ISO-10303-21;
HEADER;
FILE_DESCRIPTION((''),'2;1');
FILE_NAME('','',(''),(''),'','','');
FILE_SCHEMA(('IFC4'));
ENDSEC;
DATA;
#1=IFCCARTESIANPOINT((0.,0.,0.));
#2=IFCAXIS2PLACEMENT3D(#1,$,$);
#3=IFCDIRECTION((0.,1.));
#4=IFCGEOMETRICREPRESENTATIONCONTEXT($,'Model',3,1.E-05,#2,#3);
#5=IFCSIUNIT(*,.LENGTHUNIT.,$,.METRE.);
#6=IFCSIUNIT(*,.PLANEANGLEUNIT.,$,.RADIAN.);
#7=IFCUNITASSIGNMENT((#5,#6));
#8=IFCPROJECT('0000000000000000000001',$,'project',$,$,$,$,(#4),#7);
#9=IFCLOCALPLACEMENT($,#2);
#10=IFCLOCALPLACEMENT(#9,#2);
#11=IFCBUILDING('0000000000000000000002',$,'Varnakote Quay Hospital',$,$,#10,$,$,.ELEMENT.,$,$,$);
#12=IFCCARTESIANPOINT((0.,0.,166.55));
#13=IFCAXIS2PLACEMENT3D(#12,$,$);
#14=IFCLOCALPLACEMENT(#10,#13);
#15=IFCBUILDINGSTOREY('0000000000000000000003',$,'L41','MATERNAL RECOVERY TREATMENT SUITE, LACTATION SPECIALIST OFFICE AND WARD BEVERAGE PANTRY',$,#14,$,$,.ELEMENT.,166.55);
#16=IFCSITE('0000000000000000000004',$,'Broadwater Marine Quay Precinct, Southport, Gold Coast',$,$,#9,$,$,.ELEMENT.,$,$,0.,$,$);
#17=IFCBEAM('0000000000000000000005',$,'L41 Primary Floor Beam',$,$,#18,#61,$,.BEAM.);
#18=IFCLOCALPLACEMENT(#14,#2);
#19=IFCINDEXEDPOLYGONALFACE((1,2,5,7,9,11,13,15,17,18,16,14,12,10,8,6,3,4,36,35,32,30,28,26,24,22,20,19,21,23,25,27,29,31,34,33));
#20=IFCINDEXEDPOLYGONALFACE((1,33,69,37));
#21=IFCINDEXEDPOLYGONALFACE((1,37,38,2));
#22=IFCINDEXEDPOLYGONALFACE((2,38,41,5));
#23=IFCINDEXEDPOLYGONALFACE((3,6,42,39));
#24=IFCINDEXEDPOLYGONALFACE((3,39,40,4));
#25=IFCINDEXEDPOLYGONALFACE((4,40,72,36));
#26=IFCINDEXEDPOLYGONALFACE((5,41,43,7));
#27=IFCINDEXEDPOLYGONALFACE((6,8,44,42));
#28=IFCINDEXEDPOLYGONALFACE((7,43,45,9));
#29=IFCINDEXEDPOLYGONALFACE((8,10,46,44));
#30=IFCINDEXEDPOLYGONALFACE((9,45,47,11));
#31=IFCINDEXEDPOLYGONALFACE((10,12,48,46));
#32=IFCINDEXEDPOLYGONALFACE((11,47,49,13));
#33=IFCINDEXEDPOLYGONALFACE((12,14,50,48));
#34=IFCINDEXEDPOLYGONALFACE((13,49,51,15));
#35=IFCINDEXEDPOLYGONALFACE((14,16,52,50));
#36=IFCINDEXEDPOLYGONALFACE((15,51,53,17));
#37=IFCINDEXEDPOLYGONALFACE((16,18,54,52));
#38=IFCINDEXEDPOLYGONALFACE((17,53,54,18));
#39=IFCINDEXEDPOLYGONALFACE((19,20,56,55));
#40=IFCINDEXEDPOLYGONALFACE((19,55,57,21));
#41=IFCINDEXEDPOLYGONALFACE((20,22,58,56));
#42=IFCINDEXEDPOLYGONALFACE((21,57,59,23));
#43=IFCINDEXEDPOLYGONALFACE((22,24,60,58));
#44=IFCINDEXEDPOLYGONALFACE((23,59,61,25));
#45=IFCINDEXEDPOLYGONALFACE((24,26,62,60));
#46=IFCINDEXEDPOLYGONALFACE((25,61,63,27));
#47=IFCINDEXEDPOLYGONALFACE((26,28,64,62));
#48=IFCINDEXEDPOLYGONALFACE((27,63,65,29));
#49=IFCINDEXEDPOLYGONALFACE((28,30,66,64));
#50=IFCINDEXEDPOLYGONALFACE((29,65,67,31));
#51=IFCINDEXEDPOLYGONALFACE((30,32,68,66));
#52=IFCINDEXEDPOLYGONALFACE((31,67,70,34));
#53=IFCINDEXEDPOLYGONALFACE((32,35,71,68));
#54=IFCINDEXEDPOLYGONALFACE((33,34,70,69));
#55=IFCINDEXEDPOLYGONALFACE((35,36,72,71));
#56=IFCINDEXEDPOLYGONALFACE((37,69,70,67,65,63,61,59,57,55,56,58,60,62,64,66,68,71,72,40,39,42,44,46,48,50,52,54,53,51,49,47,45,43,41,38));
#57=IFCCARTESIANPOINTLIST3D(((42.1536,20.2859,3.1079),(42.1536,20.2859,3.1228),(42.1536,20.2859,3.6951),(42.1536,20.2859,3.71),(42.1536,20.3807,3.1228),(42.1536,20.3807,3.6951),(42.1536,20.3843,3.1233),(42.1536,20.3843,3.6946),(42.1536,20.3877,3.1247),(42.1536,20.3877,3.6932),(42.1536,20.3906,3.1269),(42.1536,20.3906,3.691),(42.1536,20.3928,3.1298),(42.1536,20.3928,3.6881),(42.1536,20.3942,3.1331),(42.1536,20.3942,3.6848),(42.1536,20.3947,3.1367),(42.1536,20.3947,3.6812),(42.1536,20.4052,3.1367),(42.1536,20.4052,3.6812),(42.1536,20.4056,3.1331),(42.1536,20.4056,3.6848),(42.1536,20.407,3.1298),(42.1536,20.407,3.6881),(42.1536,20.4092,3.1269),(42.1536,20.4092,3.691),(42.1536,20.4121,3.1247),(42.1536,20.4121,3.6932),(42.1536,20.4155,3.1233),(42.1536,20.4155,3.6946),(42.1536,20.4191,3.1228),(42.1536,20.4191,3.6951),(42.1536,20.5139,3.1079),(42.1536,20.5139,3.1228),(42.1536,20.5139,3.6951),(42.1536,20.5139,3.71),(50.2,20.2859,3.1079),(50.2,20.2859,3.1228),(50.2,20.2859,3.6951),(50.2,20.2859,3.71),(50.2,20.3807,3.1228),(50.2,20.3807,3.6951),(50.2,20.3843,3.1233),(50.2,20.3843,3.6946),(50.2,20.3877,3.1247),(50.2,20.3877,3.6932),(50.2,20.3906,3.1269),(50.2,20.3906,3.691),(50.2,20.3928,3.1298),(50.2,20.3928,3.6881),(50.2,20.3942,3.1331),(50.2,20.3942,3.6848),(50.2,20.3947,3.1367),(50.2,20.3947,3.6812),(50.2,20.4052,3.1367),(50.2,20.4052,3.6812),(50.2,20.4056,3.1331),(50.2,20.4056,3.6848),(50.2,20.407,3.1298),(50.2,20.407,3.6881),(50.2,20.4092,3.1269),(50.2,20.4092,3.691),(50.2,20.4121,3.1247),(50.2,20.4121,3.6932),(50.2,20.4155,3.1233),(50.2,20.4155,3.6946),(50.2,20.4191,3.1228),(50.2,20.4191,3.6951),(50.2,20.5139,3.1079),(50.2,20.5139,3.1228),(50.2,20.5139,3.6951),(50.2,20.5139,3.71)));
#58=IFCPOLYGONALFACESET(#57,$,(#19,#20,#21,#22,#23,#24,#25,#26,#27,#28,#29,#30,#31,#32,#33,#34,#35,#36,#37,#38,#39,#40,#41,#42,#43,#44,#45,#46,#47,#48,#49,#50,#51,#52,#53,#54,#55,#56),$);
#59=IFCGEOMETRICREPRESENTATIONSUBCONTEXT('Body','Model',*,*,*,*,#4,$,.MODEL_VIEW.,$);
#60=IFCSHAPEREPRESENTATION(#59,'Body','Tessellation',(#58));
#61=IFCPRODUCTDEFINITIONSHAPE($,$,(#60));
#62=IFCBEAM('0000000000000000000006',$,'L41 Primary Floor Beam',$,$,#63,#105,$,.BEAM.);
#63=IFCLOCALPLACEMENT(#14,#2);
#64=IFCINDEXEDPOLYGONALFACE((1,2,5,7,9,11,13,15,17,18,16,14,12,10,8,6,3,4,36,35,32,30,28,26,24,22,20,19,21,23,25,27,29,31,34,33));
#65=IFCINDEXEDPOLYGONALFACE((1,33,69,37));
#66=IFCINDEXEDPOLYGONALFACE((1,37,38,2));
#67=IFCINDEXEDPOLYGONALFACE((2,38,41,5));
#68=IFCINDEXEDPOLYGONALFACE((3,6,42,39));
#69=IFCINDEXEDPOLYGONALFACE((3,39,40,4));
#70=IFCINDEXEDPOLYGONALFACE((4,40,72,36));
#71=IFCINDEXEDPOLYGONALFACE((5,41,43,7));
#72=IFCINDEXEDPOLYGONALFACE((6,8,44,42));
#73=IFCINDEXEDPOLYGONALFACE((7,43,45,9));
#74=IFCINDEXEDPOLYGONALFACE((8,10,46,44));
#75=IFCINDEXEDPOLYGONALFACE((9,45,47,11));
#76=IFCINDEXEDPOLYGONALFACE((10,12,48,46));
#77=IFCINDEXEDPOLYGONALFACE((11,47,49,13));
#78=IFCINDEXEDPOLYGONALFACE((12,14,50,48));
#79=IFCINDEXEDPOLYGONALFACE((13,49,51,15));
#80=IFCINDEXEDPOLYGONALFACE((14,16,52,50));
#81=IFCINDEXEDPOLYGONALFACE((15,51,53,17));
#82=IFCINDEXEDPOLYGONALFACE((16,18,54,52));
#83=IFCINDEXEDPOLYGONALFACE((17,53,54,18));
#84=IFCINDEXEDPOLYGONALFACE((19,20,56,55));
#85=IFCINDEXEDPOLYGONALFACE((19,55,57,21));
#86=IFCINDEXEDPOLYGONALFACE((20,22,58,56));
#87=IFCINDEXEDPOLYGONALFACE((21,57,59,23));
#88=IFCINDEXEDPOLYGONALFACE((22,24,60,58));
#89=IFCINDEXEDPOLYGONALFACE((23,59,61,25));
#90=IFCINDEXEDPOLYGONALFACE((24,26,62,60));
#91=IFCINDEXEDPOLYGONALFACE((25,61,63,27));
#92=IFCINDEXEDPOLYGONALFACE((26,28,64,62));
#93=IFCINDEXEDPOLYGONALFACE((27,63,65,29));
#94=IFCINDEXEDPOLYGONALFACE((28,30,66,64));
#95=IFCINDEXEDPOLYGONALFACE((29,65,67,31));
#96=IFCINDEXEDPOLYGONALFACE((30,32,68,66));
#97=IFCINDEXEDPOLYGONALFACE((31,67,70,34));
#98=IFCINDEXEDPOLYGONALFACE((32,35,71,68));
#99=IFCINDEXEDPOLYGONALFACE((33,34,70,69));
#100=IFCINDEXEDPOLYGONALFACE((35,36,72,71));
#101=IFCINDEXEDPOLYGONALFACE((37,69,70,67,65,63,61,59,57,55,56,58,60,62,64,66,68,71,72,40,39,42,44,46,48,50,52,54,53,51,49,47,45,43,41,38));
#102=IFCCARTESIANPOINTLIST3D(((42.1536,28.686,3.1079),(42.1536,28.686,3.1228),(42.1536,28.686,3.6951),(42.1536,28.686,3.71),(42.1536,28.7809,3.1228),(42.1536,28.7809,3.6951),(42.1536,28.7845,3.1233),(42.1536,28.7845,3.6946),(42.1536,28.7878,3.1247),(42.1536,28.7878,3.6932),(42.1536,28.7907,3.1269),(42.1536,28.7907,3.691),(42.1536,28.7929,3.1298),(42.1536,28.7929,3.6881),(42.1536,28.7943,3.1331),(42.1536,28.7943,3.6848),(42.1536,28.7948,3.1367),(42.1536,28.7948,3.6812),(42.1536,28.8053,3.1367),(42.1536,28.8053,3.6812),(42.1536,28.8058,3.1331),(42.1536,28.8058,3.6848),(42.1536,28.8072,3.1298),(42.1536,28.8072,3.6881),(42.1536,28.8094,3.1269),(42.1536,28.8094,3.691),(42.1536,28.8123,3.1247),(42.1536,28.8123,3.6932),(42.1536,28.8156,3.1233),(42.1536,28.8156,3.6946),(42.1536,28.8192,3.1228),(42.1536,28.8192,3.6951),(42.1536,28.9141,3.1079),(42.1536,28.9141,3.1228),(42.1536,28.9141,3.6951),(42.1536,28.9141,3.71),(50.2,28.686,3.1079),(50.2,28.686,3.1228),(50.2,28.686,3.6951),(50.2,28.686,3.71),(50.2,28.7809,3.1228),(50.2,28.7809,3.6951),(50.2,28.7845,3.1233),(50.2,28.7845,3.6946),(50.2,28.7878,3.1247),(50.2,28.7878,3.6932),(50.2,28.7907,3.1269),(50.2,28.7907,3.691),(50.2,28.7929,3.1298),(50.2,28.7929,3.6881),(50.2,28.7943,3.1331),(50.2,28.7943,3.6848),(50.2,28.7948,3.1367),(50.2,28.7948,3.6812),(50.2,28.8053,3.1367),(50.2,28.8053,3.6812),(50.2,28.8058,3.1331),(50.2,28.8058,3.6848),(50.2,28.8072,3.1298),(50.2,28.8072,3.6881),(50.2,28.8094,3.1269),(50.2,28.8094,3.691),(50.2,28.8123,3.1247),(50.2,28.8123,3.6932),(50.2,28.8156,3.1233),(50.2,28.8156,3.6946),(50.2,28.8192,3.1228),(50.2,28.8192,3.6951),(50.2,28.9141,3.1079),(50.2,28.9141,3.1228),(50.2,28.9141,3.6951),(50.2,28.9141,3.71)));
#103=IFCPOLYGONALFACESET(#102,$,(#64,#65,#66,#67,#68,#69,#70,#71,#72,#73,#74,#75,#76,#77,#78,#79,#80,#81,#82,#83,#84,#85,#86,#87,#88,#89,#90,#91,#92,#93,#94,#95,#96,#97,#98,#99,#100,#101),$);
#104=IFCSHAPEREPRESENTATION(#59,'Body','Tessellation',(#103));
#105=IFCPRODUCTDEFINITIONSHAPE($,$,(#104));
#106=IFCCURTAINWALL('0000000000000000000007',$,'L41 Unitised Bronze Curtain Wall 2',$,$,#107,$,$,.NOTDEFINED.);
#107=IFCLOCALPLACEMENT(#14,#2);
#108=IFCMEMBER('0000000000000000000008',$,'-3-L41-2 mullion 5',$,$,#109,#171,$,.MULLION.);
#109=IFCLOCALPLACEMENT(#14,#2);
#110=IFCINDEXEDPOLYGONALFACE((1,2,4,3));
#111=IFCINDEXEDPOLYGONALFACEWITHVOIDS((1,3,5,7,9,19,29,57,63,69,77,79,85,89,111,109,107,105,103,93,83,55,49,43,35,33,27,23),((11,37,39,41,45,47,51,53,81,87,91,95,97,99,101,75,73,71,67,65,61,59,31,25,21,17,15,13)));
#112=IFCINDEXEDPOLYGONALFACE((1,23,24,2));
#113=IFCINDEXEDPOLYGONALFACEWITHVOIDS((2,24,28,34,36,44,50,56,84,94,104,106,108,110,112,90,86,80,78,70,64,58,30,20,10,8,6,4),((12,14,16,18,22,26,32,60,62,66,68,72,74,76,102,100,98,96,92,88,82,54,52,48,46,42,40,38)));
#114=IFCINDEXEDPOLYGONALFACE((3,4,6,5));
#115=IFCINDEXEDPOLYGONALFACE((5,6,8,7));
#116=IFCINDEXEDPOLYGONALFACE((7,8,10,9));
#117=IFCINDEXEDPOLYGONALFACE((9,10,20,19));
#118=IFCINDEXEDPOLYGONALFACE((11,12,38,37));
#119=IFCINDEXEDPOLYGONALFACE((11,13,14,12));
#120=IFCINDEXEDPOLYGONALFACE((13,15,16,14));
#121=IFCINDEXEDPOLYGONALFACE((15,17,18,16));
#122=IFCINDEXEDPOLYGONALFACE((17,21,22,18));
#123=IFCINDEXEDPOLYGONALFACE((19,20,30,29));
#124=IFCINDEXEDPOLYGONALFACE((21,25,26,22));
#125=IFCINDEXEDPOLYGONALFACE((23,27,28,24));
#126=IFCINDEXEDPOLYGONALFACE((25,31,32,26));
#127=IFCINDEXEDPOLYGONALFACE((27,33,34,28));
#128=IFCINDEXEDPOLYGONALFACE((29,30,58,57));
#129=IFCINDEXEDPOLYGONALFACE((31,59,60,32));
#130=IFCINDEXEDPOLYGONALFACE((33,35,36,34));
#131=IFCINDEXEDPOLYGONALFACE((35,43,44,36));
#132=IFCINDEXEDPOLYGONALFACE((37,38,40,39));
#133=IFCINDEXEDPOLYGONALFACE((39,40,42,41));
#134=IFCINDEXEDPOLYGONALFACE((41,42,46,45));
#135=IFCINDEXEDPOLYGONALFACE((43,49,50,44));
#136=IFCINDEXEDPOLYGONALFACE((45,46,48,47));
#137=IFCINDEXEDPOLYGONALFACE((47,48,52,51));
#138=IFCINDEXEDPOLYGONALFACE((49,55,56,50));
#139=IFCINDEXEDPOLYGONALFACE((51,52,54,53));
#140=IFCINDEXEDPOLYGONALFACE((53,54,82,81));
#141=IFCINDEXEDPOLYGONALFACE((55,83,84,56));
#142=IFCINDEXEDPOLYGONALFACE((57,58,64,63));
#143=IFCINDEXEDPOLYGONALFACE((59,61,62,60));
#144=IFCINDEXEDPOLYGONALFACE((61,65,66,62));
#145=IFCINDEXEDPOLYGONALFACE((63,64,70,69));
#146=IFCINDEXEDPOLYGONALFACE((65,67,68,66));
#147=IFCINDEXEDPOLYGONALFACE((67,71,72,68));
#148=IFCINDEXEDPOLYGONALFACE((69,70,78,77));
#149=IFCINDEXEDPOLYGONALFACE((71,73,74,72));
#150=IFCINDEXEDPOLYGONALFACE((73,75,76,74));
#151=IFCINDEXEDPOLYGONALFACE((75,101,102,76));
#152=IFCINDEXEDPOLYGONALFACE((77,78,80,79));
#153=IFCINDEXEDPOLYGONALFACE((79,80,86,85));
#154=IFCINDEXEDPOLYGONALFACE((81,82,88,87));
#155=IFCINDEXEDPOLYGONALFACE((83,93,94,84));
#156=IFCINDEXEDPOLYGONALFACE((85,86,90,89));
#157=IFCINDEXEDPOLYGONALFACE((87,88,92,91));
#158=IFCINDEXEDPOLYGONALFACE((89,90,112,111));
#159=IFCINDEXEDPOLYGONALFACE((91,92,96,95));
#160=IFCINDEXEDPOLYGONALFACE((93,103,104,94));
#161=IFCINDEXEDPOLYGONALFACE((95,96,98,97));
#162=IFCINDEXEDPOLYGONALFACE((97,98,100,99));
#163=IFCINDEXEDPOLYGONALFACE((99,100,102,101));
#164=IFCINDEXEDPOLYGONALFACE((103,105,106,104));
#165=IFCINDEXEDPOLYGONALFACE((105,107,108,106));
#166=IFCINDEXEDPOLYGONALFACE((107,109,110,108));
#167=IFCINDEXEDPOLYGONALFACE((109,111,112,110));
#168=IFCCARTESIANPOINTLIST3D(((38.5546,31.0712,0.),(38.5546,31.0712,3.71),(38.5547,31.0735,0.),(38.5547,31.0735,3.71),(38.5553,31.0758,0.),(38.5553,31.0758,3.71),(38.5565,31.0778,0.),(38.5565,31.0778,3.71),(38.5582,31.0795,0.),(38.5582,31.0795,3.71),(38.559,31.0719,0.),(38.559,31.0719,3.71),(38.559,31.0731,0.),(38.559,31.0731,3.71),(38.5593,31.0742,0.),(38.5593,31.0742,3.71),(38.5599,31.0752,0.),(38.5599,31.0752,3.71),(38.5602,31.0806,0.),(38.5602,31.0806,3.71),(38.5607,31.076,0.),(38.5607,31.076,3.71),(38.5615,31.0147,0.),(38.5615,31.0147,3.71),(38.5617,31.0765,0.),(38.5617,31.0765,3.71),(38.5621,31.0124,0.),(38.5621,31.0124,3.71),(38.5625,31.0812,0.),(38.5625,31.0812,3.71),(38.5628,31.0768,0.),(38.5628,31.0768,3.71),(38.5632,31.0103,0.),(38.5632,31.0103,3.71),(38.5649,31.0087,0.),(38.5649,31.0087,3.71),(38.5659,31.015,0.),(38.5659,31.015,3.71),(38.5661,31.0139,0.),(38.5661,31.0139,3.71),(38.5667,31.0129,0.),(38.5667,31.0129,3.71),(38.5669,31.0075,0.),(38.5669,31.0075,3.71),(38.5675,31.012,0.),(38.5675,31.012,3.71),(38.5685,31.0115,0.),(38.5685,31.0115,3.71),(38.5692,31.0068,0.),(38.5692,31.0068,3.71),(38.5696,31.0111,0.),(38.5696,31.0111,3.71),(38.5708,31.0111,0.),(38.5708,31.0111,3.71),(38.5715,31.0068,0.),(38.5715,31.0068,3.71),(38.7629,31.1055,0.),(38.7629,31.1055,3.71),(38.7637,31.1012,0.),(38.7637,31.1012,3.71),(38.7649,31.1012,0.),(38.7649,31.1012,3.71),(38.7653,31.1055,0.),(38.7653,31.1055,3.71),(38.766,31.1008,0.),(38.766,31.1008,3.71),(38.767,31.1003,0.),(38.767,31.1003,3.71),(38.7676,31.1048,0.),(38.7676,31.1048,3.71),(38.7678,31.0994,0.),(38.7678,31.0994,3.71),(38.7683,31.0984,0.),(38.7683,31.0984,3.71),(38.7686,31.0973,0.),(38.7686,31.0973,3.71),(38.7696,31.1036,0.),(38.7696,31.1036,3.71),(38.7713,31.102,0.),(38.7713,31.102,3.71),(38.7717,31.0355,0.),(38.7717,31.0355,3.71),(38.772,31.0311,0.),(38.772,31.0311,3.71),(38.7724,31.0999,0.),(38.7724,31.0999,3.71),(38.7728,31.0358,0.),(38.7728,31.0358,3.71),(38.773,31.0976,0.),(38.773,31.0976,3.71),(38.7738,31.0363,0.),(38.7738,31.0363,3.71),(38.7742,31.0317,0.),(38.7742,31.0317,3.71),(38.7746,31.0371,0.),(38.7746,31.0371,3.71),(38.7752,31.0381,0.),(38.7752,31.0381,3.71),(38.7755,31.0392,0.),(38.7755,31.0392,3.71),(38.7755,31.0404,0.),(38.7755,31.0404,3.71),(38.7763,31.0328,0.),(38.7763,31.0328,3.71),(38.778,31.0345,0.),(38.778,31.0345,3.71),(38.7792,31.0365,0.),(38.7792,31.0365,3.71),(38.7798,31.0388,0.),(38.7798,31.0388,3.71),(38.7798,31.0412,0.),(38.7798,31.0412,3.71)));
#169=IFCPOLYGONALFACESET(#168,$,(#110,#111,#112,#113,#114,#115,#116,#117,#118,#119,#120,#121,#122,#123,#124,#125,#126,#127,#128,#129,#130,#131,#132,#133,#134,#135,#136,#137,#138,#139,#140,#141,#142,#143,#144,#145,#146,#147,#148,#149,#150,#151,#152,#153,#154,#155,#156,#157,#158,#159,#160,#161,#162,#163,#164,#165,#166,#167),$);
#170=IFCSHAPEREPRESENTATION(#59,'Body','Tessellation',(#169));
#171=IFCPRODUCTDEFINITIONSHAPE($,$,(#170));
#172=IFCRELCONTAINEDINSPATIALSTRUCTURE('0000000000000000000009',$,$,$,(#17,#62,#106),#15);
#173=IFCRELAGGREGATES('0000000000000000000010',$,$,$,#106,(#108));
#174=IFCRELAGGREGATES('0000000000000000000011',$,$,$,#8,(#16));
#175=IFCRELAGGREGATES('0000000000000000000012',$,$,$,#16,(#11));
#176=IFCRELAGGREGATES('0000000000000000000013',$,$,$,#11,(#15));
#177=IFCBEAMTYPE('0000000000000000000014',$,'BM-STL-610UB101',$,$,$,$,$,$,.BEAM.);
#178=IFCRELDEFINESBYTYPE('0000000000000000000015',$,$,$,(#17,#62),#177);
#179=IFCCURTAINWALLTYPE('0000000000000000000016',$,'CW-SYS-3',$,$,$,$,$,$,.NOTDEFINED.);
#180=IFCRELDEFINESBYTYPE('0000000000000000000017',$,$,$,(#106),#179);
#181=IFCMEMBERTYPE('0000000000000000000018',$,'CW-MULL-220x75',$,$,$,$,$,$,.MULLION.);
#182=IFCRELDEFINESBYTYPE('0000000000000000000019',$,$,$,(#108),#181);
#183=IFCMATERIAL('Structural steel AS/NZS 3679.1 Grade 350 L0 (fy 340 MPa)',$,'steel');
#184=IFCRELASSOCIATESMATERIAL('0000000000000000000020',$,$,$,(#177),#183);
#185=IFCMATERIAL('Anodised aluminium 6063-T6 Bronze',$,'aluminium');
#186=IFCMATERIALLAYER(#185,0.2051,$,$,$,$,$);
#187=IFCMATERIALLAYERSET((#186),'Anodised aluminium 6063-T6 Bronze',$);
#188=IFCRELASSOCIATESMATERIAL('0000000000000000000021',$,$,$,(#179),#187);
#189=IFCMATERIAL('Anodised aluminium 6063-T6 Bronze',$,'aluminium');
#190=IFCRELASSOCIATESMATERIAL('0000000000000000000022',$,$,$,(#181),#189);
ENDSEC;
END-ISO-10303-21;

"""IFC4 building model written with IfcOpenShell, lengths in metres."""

from ifc_helpers import new_model, si_unit, direction, frame, origin, origin_2d, place, context, subcontext, project, spatial, hollow_rectangle, i_section, extrude, material, layer, layer_set, material_profile, profile_set, type_object, element, aggregate, save


model = new_model("IFC4")

# Units and contexts
model_context = context("Model", 3, precision=1e-05, world=origin(), true_north=direction((0.0, 1.0)))
body_context = subcontext(model_context, "Body", "Model", "MODEL_VIEW")
ifc_project = project(units=[si_unit("LENGTHUNIT", "METRE"), si_unit("PLANEANGLEUNIT", "RADIAN")], contexts=[model_context])

# Site, building, storey
site_placement = place(None, origin())
site = spatial("IfcSite", under=ifc_project, at=site_placement, Name="Broadwater Marine Quay Precinct, Southport, Gold Coast", CompositionType="ELEMENT", RefElevation=0.0)
building_placement = place(site_placement, origin())
building = spatial("IfcBuilding", under=site, at=building_placement, Name="Varnakote Quay Hospital", CompositionType="ELEMENT")
storey_placement = place(building_placement, frame((0.0, 0.0, 166.55)))
storey = spatial("IfcBuildingStorey", under=building, at=storey_placement, Name="L41", Description="MATERNAL RECOVERY TREATMENT SUITE, LACTATION SPECIALIST OFFICE AND WARD BEVERAGE PANTRY", CompositionType="ELEMENT", Elevation=166.55)

# Beams
ifc_material_1 = material(Name="Structural steel AS/NZS 3679.1 Grade 350 L0 (fy 340 MPa)", Category="steel")
ifc_material_profile_1 = material_profile(ifc_material_1, i_section(OverallWidth=0.228, OverallDepth=0.6021, WebThickness=0.0105, FlangeThickness=0.0149, FilletRadius=0.0139, at=origin_2d()), Name="610UB101")
ifc_profile_set_1 = profile_set([ifc_material_profile_1], Name="Structural steel AS/NZS 3679.1 Grade 350 L0 (fy 340 MPa)")
beam_type_1 = type_object("IfcBeamType", Name="BM-STL-610UB101", PredefinedType="BEAM", material=ifc_profile_set_1)
for number, where, z_axis, x_axis, name in (
    (1, (42.1536, 20.3999, 3.4089), (1.0, 0.0, 0.0), (0.0, 1.0, 0.0), "L41 Primary Floor Beam"),
    (2, (42.1536, 28.8, 3.4089), (1.0, 0.0, 0.0), (0.0, 1.0, 0.0), "L41 Primary Floor Beam"),
):
    element("IfcBeam", number, at=place(storey_placement, frame(where, z_axis=z_axis, x_axis=x_axis)), inside=storey, type_object=beam_type_1, Name=name, PredefinedType="BEAM", context=body_context, shape_type="SweptSolid", body=[
        extrude(i_section(OverallWidth=0.228, OverallDepth=0.6021, WebThickness=0.0105, FlangeThickness=0.0149, FilletRadius=0.0139, at=origin_2d()), origin(), (0.0, 0.0, 1.0), 8.0464),
    ])

# Curtain wall, member
ifc_material_2 = material(Name="Anodised aluminium 6063-T6 Bronze", Category="aluminium")
ifc_layer_1 = layer(ifc_material_2, 0.2051)
ifc_layer_set_1 = layer_set([ifc_layer_1], Name="Anodised aluminium 6063-T6 Bronze")
curtain_wall_type = type_object("IfcCurtainWallType", Name="CW-SYS-3", PredefinedType="NOTDEFINED", material=ifc_layer_set_1)
curtain_wall_placement = place(storey_placement, origin())
curtain_wall = element("IfcCurtainWall", 3, at=curtain_wall_placement, inside=storey, type_object=curtain_wall_type, Name="L41 Unitised Bronze Curtain Wall 2", PredefinedType="NOTDEFINED")
ifc_material_3 = material(Name="Anodised aluminium 6063-T6 Bronze", Category="aluminium")
ifc_material_profile_2 = material_profile(ifc_material_3, hollow_rectangle(XDim=0.075, YDim=0.22, WallThickness=0.0044, InnerFilletRadius=0.0044, OuterFilletRadius=0.009, at=origin_2d()), Name="CW-MULL-220x75")
ifc_profile_set_2 = profile_set([ifc_material_profile_2], Name="Anodised aluminium 6063-T6 Bronze")
member_type = type_object("IfcMemberType", Name="CW-MULL-220x75", PredefinedType="MULLION", material=ifc_profile_set_2)
member_placement = place(storey_placement, frame((38.6672, 31.0562, 0.0), z_axis=(0.0, 0.0, 1.0), x_axis=(0.120327, -0.992734, 0.0)))
member = element("IfcMember", 4, at=member_placement, type_object=member_type, Name="-3-L41-2 mullion 5", PredefinedType="MULLION", context=body_context, shape_type="SweptSolid", body=[
    extrude(hollow_rectangle(XDim=0.075, YDim=0.22, WallThickness=0.0044, InnerFilletRadius=0.0044, OuterFilletRadius=0.009, at=origin_2d()), origin(), (0.0, 0.0, 1.0), 3.71),
])

aggregate(curtain_wall, [member])

save(model, "model.ifc")
